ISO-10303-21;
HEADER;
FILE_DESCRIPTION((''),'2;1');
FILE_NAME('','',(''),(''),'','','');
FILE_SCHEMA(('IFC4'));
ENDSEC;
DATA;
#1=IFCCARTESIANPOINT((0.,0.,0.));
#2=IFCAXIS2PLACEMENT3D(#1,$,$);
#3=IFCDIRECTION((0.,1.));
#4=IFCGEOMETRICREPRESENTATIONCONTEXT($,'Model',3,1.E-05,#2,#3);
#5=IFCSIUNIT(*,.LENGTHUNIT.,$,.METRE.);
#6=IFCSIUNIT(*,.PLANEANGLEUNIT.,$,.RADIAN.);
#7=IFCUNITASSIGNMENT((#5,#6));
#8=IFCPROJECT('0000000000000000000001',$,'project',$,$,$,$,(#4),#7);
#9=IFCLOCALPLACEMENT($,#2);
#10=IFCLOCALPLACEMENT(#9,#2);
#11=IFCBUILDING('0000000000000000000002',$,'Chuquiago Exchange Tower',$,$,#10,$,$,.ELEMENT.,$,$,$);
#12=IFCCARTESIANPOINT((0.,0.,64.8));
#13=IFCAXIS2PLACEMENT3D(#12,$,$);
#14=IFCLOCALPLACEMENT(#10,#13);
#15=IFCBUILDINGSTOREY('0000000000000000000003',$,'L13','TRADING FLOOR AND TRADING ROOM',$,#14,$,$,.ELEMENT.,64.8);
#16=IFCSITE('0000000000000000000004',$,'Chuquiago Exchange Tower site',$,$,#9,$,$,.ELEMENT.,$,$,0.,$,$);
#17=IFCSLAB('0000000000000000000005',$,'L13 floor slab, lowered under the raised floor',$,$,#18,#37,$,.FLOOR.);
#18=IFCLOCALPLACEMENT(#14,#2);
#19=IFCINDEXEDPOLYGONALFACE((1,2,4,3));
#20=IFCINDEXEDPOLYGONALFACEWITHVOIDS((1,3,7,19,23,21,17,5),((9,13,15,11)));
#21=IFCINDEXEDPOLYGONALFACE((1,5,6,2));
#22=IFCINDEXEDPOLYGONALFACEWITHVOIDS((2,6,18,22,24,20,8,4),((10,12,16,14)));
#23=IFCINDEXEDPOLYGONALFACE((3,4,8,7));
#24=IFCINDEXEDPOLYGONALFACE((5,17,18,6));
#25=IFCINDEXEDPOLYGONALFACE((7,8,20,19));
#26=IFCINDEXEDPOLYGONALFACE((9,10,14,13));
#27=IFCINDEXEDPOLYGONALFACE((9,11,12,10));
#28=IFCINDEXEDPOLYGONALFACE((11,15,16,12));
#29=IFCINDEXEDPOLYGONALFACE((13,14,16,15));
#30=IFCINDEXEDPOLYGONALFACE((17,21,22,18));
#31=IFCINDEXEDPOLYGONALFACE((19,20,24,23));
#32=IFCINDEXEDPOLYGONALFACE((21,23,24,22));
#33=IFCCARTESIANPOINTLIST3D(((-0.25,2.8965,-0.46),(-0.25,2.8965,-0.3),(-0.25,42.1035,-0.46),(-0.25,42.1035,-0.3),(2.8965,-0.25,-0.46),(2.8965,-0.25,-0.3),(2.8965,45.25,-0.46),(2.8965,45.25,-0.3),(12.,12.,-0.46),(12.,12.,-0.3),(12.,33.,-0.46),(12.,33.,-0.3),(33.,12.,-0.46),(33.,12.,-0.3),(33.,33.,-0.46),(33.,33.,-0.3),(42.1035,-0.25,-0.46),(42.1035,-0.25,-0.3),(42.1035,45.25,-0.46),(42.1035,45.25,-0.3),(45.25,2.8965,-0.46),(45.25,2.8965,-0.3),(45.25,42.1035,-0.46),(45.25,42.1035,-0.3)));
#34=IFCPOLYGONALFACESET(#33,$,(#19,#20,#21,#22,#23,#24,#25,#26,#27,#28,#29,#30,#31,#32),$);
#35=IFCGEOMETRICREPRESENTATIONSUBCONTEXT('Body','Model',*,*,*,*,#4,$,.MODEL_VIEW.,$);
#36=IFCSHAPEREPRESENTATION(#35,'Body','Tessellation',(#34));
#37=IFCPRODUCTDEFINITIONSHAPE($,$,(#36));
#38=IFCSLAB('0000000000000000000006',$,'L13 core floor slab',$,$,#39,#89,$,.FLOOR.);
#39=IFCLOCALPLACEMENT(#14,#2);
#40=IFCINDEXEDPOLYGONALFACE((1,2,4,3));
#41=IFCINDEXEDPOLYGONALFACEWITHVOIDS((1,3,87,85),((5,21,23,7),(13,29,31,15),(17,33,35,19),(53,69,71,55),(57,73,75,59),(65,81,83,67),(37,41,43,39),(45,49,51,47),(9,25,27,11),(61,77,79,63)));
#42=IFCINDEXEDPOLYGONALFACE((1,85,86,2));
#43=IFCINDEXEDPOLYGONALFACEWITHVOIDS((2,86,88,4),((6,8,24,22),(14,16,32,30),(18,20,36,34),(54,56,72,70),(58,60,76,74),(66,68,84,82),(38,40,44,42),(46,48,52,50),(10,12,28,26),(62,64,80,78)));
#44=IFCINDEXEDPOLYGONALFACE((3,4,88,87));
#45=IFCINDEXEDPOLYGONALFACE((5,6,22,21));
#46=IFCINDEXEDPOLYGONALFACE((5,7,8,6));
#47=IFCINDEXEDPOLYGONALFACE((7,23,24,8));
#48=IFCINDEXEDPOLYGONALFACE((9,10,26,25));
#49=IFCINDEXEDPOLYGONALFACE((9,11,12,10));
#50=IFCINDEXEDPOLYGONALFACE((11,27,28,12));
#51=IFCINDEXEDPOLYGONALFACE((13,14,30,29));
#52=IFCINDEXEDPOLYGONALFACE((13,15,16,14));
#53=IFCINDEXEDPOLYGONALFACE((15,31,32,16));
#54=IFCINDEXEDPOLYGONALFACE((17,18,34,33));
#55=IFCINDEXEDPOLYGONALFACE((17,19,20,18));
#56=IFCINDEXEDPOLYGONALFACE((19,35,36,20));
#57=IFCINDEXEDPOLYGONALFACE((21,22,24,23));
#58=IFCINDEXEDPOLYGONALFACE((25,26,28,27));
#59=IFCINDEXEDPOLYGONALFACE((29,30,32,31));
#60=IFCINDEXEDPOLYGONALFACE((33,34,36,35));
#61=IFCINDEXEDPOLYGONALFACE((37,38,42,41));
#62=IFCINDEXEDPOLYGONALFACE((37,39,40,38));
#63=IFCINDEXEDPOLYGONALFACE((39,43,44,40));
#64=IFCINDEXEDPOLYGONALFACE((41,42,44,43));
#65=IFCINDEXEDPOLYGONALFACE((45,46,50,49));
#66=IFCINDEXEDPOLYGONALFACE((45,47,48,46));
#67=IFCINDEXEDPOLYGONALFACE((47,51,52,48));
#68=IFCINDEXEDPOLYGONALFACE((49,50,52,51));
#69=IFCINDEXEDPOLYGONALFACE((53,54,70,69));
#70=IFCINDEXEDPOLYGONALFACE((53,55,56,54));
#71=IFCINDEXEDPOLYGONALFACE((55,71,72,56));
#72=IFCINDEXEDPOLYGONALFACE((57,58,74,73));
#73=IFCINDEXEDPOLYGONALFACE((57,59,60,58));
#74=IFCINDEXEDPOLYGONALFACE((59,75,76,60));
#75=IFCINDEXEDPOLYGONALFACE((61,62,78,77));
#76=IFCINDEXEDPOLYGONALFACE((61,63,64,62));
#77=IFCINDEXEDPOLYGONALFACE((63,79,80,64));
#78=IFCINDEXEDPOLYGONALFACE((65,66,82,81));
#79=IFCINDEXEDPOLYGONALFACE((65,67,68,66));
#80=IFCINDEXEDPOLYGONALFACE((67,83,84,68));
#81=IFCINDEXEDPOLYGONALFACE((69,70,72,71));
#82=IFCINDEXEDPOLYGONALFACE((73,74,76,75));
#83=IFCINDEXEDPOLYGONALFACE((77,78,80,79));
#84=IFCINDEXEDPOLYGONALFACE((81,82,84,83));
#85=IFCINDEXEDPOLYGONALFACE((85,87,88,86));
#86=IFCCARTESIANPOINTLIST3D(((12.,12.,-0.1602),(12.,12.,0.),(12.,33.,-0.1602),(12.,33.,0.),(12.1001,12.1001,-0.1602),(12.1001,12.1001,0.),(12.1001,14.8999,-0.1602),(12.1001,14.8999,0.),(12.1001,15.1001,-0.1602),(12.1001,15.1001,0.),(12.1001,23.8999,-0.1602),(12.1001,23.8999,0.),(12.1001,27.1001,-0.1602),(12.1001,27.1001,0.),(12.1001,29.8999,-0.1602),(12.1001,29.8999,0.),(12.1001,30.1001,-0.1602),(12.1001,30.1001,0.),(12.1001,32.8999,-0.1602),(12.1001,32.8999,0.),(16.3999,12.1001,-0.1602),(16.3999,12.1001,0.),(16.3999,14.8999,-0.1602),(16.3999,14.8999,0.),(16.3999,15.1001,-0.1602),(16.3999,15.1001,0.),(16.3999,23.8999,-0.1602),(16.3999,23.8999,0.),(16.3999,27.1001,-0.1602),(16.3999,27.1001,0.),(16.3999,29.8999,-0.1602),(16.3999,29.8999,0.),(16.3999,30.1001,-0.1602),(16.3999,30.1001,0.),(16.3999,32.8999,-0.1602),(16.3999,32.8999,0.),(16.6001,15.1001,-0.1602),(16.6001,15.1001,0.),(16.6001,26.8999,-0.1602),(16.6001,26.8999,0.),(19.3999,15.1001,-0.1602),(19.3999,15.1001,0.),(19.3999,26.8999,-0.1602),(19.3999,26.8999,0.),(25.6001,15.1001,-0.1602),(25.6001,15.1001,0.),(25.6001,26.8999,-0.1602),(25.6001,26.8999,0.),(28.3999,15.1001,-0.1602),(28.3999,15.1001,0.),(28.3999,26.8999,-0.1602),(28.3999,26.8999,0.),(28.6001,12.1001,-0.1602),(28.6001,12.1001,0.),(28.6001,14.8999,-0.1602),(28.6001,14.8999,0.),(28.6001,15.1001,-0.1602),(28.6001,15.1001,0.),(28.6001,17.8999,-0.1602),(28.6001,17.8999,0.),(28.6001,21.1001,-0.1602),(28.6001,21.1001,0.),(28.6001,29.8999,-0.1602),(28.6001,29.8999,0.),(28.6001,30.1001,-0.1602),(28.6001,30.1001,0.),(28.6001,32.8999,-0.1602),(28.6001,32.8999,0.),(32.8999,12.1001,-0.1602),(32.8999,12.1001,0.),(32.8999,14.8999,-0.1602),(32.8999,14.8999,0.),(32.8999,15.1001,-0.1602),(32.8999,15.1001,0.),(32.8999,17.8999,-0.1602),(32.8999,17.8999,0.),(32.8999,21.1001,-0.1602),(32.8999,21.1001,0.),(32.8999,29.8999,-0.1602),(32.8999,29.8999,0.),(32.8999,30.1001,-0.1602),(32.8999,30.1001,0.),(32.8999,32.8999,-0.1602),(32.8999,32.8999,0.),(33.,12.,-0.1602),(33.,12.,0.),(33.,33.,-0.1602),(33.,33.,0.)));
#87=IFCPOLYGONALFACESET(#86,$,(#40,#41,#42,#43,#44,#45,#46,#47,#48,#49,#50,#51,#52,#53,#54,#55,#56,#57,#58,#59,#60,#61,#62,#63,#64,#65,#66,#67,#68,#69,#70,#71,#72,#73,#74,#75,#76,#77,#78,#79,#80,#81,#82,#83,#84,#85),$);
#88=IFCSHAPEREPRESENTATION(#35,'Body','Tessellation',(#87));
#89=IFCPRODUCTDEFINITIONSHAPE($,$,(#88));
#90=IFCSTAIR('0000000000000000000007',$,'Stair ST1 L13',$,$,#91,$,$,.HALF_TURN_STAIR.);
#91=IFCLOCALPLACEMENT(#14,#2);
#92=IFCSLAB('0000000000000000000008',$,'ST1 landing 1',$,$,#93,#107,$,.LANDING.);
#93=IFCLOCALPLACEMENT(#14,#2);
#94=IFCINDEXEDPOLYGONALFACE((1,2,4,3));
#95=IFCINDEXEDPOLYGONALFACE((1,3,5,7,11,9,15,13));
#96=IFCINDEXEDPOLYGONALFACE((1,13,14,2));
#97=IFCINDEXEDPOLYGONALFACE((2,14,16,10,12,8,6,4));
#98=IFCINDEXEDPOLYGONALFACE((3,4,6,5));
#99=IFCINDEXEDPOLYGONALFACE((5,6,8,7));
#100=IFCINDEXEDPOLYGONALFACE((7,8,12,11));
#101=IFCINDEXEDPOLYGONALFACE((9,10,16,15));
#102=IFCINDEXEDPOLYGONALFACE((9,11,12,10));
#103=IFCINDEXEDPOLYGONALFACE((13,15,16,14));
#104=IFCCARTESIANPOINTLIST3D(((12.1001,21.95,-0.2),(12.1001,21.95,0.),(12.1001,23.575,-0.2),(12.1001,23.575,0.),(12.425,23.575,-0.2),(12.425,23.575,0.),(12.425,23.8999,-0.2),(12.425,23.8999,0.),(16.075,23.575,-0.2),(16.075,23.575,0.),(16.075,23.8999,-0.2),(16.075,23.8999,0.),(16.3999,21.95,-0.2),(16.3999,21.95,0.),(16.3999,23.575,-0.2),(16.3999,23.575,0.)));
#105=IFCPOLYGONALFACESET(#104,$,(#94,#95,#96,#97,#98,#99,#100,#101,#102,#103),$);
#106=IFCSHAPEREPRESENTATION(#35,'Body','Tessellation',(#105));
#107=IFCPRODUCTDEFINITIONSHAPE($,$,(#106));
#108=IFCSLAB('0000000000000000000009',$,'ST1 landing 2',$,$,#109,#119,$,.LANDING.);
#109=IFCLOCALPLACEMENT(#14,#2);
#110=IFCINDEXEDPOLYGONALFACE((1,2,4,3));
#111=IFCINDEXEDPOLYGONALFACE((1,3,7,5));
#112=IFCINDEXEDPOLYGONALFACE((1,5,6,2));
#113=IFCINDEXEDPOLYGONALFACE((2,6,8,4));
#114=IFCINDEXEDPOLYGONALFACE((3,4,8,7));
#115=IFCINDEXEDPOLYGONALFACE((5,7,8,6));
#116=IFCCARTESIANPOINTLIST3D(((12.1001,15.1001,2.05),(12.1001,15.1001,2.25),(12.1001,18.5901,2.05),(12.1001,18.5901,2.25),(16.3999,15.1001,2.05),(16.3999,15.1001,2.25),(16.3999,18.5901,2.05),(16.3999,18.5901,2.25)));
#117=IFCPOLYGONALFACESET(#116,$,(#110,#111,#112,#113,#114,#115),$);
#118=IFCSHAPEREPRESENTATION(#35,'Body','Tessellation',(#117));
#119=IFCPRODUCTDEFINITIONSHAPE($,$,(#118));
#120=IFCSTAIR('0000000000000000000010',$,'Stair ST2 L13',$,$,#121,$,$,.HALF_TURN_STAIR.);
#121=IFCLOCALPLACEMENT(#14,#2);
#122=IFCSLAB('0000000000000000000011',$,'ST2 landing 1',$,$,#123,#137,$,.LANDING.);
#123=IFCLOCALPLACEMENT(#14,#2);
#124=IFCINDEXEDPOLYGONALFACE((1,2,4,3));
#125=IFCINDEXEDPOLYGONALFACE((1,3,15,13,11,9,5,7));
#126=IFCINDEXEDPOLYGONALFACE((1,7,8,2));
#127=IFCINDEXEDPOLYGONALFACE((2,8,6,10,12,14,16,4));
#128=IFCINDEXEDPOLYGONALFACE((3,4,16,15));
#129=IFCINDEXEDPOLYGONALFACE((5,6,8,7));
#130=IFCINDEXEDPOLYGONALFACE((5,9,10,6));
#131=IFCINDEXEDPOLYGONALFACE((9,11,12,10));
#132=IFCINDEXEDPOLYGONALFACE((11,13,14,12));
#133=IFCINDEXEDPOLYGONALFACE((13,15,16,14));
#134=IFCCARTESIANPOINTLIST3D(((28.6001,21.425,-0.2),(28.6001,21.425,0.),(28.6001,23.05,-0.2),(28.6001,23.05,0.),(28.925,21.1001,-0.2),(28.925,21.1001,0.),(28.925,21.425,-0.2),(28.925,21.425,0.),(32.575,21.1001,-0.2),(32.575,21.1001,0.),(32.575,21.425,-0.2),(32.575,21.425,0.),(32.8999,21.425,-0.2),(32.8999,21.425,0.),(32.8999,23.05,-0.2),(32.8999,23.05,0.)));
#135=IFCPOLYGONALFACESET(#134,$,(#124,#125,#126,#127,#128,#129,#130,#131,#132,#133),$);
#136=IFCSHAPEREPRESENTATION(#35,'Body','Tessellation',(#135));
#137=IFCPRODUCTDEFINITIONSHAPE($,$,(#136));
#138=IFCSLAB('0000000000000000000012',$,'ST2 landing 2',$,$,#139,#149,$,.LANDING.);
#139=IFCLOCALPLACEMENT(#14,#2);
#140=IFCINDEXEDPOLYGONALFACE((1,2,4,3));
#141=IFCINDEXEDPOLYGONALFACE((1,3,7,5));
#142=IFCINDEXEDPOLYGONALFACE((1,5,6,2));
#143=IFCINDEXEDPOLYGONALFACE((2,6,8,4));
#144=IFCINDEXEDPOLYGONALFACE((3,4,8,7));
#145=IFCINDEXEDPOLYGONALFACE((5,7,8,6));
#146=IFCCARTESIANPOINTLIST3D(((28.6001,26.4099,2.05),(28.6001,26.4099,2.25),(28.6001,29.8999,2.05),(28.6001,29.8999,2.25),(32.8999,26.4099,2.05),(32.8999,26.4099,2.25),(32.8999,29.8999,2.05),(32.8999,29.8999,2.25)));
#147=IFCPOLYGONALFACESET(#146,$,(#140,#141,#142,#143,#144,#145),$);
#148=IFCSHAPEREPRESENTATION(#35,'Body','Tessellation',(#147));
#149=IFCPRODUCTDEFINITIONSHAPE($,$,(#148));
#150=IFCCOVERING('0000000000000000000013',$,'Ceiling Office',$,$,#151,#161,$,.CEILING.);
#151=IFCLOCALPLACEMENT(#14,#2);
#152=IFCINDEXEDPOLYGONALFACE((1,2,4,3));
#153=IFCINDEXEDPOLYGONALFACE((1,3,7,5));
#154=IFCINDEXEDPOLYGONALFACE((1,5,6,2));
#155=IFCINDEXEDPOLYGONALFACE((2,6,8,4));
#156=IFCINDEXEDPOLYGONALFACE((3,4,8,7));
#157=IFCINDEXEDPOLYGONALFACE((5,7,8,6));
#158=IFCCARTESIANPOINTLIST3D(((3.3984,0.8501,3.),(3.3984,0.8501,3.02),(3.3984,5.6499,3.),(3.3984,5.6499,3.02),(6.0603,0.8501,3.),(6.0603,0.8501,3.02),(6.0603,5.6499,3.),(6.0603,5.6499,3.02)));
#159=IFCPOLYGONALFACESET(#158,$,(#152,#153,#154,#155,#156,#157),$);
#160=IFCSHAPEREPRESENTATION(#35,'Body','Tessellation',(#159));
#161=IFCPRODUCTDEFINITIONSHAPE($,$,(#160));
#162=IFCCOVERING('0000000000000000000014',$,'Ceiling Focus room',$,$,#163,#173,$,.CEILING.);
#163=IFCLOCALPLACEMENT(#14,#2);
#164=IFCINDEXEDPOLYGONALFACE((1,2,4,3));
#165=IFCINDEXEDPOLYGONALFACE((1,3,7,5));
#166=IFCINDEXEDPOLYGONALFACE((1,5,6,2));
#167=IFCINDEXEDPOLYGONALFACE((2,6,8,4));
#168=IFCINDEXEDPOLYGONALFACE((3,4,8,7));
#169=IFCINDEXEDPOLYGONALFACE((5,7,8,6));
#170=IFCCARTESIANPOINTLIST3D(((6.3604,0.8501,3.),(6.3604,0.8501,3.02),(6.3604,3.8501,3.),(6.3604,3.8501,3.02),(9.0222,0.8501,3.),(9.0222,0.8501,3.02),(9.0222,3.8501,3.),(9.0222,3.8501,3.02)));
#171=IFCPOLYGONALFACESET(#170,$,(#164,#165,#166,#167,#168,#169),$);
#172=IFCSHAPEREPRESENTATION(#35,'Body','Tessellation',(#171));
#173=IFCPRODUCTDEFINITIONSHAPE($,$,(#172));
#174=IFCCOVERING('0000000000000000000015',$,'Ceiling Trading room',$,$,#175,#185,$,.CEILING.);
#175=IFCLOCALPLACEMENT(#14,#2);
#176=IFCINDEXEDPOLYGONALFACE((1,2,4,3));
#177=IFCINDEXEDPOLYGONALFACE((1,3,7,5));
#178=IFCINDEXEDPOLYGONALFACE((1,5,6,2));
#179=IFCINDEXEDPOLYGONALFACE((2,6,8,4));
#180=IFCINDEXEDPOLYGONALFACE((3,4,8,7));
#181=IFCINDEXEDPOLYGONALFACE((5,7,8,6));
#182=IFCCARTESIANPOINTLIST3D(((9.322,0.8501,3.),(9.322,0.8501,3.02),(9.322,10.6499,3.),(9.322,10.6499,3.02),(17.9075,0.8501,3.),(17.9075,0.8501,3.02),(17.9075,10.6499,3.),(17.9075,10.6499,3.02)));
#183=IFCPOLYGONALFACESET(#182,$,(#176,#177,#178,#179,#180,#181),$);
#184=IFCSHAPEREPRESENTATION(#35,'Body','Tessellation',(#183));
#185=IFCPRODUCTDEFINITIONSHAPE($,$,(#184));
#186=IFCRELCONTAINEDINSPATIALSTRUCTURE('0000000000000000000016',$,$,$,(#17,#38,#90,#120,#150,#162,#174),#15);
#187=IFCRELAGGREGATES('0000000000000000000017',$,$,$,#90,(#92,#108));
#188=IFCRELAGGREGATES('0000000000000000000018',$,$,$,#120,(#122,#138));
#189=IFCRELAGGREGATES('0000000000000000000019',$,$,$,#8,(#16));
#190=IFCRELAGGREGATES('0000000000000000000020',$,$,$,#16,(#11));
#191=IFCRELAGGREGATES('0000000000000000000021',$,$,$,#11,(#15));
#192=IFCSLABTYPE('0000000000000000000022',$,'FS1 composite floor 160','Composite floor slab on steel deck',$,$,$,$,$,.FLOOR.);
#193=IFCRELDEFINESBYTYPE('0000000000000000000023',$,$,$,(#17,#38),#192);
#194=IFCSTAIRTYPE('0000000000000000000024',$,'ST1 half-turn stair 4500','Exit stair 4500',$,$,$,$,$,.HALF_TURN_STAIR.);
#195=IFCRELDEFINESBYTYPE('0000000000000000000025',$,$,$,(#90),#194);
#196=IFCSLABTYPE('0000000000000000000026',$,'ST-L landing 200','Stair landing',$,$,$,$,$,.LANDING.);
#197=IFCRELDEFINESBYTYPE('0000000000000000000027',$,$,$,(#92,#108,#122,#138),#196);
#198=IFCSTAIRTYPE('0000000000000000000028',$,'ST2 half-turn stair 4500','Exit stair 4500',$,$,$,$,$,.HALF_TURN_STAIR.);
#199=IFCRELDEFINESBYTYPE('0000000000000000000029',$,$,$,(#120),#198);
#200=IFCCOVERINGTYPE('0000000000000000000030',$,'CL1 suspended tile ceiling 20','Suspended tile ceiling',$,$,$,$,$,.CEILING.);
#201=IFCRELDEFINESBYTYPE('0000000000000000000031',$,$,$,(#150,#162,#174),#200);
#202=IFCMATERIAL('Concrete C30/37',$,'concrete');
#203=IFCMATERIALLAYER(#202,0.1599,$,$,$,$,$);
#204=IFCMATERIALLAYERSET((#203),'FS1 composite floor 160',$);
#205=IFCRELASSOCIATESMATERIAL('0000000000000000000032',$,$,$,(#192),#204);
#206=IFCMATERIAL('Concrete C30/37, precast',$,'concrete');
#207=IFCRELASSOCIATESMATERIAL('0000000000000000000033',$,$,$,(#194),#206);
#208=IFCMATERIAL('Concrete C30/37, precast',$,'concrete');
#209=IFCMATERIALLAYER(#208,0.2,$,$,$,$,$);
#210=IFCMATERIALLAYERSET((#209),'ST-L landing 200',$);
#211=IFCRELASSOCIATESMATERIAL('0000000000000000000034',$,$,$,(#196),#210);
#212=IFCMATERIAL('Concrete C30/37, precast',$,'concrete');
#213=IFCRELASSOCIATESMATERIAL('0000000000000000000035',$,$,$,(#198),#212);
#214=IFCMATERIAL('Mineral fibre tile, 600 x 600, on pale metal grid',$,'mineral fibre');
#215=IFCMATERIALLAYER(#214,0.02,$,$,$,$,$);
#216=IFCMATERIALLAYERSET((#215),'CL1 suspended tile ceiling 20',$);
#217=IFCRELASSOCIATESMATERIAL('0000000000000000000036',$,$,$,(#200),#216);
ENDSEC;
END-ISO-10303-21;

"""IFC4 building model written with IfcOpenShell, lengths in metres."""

from ifc_helpers import new_model, si_unit, direction, frame, origin, place, context, subcontext, project, spatial, polyline, outline, extrude, material, layer, layer_set, type_object, element, aggregate, save


model = new_model("IFC4")

# Units and contexts
model_context = context("Model", 3, precision=1e-05, world=origin(), true_north=direction((0.0, 1.0)))
body_context = subcontext(model_context, "Body", "Model", "MODEL_VIEW")
ifc_project = project(units=[si_unit("LENGTHUNIT", "METRE"), si_unit("PLANEANGLEUNIT", "RADIAN")], contexts=[model_context])

# Site, building, storey
site_placement = place(None, origin())
site = spatial("IfcSite", under=ifc_project, at=site_placement, Name="Chuquiago Exchange Tower site", CompositionType="ELEMENT", RefElevation=0.0)
building_placement = place(site_placement, origin())
building = spatial("IfcBuilding", under=site, at=building_placement, Name="Chuquiago Exchange Tower", CompositionType="ELEMENT")
storey_placement = place(building_placement, frame((0.0, 0.0, 64.8)))
storey = spatial("IfcBuildingStorey", under=building, at=storey_placement, Name="L13", Description="TRADING FLOOR AND TRADING ROOM", CompositionType="ELEMENT", Elevation=64.8)

# Slabs
ifc_material_1 = material(Name="Concrete C30/37", Category="concrete")
ifc_layer_1 = layer(ifc_material_1, 0.1599)
ifc_layer_set_1 = layer_set([ifc_layer_1], Name="FS1 composite floor 160")
slab_type_1 = type_object("IfcSlabType", Name="FS1 composite floor 160", Description="Composite floor slab on steel deck", PredefinedType="FLOOR", material=ifc_layer_set_1)
slab_1_placement = place(storey_placement, frame((0.0, 0.0, -0.46)))
element("IfcSlab", 1, at=slab_1_placement, inside=storey, type_object=slab_type_1, Name="L13 floor slab, lowered under the raised floor", PredefinedType="FLOOR", context=body_context, shape_type="SweptSolid", body=[
    extrude(outline(polyline([(-0.25, 2.8965), (-0.25, 42.1035), (2.8965, 45.25), (42.1035, 45.25), (45.25, 42.1035), (45.25, 2.8965), (42.1035, -0.25), (2.8965, -0.25), (-0.25, 2.8965)]), holes=[polyline([(33.0, 33.0), (12.0, 33.0), (12.0, 12.0), (33.0, 12.0), (33.0, 33.0)])]), origin(), (0.0, 0.0, 1.0), 0.1599),
])
slab_2_placement = place(storey_placement, frame((0.0, 0.0, -0.1602)))
element("IfcSlab", 2, at=slab_2_placement, inside=storey, type_object=slab_type_1, Name="L13 core floor slab", PredefinedType="FLOOR", context=body_context, shape_type="SweptSolid", body=[
    extrude(outline(polyline([(33.0, 12.0), (33.0, 33.0), (12.0, 33.0), (12.0, 12.0), (33.0, 12.0)]), holes=[polyline([(16.3999, 15.1001), (12.1001, 15.1001), (12.1001, 23.8999), (16.3999, 23.8999), (16.3999, 15.1001)]), polyline([(32.8999, 21.1001), (28.6001, 21.1001), (28.6001, 29.8999), (32.8999, 29.8999), (32.8999, 21.1001)]), polyline([(16.3999, 12.1001), (12.1001, 12.1001), (12.1001, 14.8999), (16.3999, 14.8999), (16.3999, 12.1001)]), polyline([(16.3999, 30.1001), (12.1001, 30.1001), (12.1001, 32.8999), (16.3999, 32.8999), (16.3999, 30.1001)]), polyline([(32.8999, 12.1001), (28.6001, 12.1001), (28.6001, 14.8999), (32.8999, 14.8999), (32.8999, 12.1001)]), polyline([(32.8999, 30.1001), (28.6001, 30.1001), (28.6001, 32.8999), (32.8999, 32.8999), (32.8999, 30.1001)]), polyline([(16.3999, 27.1001), (12.1001, 27.1001), (12.1001, 29.8999), (16.3999, 29.8999), (16.3999, 27.1001)]), polyline([(32.8999, 15.1001), (28.6001, 15.1001), (28.6001, 17.8999), (32.8999, 17.8999), (32.8999, 15.1001)]), polyline([(19.3999, 15.1001), (16.6001, 15.1001), (16.6001, 26.8999), (19.3999, 26.8999), (19.3999, 15.1001)]), polyline([(28.3999, 15.1001), (25.6001, 15.1001), (25.6001, 26.8999), (28.3999, 26.8999), (28.3999, 15.1001)])]), origin(), (0.0, 0.0, 1.0), 0.1602),
])

# Stairs, slabs
ifc_material_2 = material(Name="Concrete C30/37, precast", Category="concrete")
stair_type_1 = type_object("IfcStairType", Name="ST1 half-turn stair 4500", Description="Exit stair 4500", PredefinedType="HALF_TURN_STAIR", material=ifc_material_2)
stair_1_placement = place(storey_placement, origin())
stair_1 = element("IfcStair", 3, at=stair_1_placement, inside=storey, type_object=stair_type_1, Name="Stair ST1 L13", PredefinedType="HALF_TURN_STAIR")
ifc_material_3 = material(Name="Concrete C30/37, precast", Category="concrete")
ifc_layer_2 = layer(ifc_material_3, 0.2)
ifc_layer_set_2 = layer_set([ifc_layer_2], Name="ST-L landing 200")
slab_type_2 = type_object("IfcSlabType", Name="ST-L landing 200", Description="Stair landing", PredefinedType="LANDING", material=ifc_layer_set_2)
slab_3_placement = place(storey_placement, frame((0.0, 0.0, -0.2)))
slab_3 = element("IfcSlab", 4, at=slab_3_placement, type_object=slab_type_2, Name="ST1 landing 1", PredefinedType="LANDING", context=body_context, shape_type="SweptSolid", body=[
    extrude(outline(polyline([(12.425, 23.8999), (16.075, 23.8999), (16.075, 23.575), (16.3999, 23.575), (16.3999, 21.95), (12.1001, 21.95), (12.1001, 23.575), (12.425, 23.575), (12.425, 23.8999)])), origin(), (0.0, 0.0, 1.0), 0.2),
])
slab_4_placement = place(storey_placement, frame((0.0, 0.0, 2.05)))
slab_4 = element("IfcSlab", 5, at=slab_4_placement, type_object=slab_type_2, Name="ST1 landing 2", PredefinedType="LANDING", context=body_context, shape_type="SweptSolid", body=[
    extrude(outline(polyline([(12.1001, 18.5901), (16.3999, 18.5901), (16.3999, 15.1001), (12.1001, 15.1001), (12.1001, 18.5901)])), origin(), (0.0, 0.0, 1.0), 0.2),
])
aggregate(stair_1, [slab_3, slab_4])
ifc_material_4 = material(Name="Concrete C30/37, precast", Category="concrete")
stair_type_2 = type_object("IfcStairType", Name="ST2 half-turn stair 4500", Description="Exit stair 4500", PredefinedType="HALF_TURN_STAIR", material=ifc_material_4)
stair_2_placement = place(storey_placement, origin())
stair_2 = element("IfcStair", 6, at=stair_2_placement, inside=storey, type_object=stair_type_2, Name="Stair ST2 L13", PredefinedType="HALF_TURN_STAIR")
slab_5_placement = place(storey_placement, frame((0.0, 0.0, -0.2)))
slab_5 = element("IfcSlab", 7, at=slab_5_placement, type_object=slab_type_2, Name="ST2 landing 1", PredefinedType="LANDING", context=body_context, shape_type="SweptSolid", body=[
    extrude(outline(polyline([(32.575, 21.425), (32.575, 21.1001), (28.925, 21.1001), (28.925, 21.425), (28.6001, 21.425), (28.6001, 23.05), (32.8999, 23.05), (32.8999, 21.425), (32.575, 21.425)])), origin(), (0.0, 0.0, 1.0), 0.2),
])
slab_6_placement = place(storey_placement, frame((0.0, 0.0, 2.05)))
slab_6 = element("IfcSlab", 8, at=slab_6_placement, type_object=slab_type_2, Name="ST2 landing 2", PredefinedType="LANDING", context=body_context, shape_type="SweptSolid", body=[
    extrude(outline(polyline([(28.6001, 29.8999), (32.8999, 29.8999), (32.8999, 26.4099), (28.6001, 26.4099), (28.6001, 29.8999)])), origin(), (0.0, 0.0, 1.0), 0.2),
])
aggregate(stair_2, [slab_5, slab_6])

# Coverings
ifc_material_5 = material(Name="Mineral fibre tile, 600 x 600, on pale metal grid", Category="mineral fibre")
ifc_layer_3 = layer(ifc_material_5, 0.02)
ifc_layer_set_3 = layer_set([ifc_layer_3], Name="CL1 suspended tile ceiling 20")
covering_type_1 = type_object("IfcCoveringType", Name="CL1 suspended tile ceiling 20", Description="Suspended tile ceiling", PredefinedType="CEILING", material=ifc_layer_set_3)
covering_1_placement = place(storey_placement, frame((0.0, 0.0, 3.0)))
element("IfcCovering", 9, at=covering_1_placement, inside=storey, type_object=covering_type_1, Name="Ceiling Office", PredefinedType="CEILING", context=body_context, shape_type="SweptSolid", body=[
    extrude(outline(polyline([(3.3984, 5.6499), (6.0603, 5.6499), (6.0603, 0.8501), (3.3984, 0.8501), (3.3984, 5.6499)])), origin(), (0.0, 0.0, 1.0), 0.02),
])
covering_2_placement = place(storey_placement, frame((0.0, 0.0, 3.0)))
element("IfcCovering", 10, at=covering_2_placement, inside=storey, type_object=covering_type_1, Name="Ceiling Focus room", PredefinedType="CEILING", context=body_context, shape_type="SweptSolid", body=[
    extrude(outline(polyline([(6.3604, 3.8501), (9.0222, 3.8501), (9.0222, 0.8501), (6.3604, 0.8501), (6.3604, 3.8501)])), origin(), (0.0, 0.0, 1.0), 0.02),
])
covering_3_placement = place(storey_placement, frame((0.0, 0.0, 3.0)))
element("IfcCovering", 11, at=covering_3_placement, inside=storey, type_object=covering_type_1, Name="Ceiling Trading room", PredefinedType="CEILING", context=body_context, shape_type="SweptSolid", body=[
    extrude(outline(polyline([(9.322, 10.6499), (17.9075, 10.6499), (17.9075, 0.8501), (9.322, 0.8501), (9.322, 10.6499)])), origin(), (0.0, 0.0, 1.0), 0.02),
])

save(model, "model.ifc")
